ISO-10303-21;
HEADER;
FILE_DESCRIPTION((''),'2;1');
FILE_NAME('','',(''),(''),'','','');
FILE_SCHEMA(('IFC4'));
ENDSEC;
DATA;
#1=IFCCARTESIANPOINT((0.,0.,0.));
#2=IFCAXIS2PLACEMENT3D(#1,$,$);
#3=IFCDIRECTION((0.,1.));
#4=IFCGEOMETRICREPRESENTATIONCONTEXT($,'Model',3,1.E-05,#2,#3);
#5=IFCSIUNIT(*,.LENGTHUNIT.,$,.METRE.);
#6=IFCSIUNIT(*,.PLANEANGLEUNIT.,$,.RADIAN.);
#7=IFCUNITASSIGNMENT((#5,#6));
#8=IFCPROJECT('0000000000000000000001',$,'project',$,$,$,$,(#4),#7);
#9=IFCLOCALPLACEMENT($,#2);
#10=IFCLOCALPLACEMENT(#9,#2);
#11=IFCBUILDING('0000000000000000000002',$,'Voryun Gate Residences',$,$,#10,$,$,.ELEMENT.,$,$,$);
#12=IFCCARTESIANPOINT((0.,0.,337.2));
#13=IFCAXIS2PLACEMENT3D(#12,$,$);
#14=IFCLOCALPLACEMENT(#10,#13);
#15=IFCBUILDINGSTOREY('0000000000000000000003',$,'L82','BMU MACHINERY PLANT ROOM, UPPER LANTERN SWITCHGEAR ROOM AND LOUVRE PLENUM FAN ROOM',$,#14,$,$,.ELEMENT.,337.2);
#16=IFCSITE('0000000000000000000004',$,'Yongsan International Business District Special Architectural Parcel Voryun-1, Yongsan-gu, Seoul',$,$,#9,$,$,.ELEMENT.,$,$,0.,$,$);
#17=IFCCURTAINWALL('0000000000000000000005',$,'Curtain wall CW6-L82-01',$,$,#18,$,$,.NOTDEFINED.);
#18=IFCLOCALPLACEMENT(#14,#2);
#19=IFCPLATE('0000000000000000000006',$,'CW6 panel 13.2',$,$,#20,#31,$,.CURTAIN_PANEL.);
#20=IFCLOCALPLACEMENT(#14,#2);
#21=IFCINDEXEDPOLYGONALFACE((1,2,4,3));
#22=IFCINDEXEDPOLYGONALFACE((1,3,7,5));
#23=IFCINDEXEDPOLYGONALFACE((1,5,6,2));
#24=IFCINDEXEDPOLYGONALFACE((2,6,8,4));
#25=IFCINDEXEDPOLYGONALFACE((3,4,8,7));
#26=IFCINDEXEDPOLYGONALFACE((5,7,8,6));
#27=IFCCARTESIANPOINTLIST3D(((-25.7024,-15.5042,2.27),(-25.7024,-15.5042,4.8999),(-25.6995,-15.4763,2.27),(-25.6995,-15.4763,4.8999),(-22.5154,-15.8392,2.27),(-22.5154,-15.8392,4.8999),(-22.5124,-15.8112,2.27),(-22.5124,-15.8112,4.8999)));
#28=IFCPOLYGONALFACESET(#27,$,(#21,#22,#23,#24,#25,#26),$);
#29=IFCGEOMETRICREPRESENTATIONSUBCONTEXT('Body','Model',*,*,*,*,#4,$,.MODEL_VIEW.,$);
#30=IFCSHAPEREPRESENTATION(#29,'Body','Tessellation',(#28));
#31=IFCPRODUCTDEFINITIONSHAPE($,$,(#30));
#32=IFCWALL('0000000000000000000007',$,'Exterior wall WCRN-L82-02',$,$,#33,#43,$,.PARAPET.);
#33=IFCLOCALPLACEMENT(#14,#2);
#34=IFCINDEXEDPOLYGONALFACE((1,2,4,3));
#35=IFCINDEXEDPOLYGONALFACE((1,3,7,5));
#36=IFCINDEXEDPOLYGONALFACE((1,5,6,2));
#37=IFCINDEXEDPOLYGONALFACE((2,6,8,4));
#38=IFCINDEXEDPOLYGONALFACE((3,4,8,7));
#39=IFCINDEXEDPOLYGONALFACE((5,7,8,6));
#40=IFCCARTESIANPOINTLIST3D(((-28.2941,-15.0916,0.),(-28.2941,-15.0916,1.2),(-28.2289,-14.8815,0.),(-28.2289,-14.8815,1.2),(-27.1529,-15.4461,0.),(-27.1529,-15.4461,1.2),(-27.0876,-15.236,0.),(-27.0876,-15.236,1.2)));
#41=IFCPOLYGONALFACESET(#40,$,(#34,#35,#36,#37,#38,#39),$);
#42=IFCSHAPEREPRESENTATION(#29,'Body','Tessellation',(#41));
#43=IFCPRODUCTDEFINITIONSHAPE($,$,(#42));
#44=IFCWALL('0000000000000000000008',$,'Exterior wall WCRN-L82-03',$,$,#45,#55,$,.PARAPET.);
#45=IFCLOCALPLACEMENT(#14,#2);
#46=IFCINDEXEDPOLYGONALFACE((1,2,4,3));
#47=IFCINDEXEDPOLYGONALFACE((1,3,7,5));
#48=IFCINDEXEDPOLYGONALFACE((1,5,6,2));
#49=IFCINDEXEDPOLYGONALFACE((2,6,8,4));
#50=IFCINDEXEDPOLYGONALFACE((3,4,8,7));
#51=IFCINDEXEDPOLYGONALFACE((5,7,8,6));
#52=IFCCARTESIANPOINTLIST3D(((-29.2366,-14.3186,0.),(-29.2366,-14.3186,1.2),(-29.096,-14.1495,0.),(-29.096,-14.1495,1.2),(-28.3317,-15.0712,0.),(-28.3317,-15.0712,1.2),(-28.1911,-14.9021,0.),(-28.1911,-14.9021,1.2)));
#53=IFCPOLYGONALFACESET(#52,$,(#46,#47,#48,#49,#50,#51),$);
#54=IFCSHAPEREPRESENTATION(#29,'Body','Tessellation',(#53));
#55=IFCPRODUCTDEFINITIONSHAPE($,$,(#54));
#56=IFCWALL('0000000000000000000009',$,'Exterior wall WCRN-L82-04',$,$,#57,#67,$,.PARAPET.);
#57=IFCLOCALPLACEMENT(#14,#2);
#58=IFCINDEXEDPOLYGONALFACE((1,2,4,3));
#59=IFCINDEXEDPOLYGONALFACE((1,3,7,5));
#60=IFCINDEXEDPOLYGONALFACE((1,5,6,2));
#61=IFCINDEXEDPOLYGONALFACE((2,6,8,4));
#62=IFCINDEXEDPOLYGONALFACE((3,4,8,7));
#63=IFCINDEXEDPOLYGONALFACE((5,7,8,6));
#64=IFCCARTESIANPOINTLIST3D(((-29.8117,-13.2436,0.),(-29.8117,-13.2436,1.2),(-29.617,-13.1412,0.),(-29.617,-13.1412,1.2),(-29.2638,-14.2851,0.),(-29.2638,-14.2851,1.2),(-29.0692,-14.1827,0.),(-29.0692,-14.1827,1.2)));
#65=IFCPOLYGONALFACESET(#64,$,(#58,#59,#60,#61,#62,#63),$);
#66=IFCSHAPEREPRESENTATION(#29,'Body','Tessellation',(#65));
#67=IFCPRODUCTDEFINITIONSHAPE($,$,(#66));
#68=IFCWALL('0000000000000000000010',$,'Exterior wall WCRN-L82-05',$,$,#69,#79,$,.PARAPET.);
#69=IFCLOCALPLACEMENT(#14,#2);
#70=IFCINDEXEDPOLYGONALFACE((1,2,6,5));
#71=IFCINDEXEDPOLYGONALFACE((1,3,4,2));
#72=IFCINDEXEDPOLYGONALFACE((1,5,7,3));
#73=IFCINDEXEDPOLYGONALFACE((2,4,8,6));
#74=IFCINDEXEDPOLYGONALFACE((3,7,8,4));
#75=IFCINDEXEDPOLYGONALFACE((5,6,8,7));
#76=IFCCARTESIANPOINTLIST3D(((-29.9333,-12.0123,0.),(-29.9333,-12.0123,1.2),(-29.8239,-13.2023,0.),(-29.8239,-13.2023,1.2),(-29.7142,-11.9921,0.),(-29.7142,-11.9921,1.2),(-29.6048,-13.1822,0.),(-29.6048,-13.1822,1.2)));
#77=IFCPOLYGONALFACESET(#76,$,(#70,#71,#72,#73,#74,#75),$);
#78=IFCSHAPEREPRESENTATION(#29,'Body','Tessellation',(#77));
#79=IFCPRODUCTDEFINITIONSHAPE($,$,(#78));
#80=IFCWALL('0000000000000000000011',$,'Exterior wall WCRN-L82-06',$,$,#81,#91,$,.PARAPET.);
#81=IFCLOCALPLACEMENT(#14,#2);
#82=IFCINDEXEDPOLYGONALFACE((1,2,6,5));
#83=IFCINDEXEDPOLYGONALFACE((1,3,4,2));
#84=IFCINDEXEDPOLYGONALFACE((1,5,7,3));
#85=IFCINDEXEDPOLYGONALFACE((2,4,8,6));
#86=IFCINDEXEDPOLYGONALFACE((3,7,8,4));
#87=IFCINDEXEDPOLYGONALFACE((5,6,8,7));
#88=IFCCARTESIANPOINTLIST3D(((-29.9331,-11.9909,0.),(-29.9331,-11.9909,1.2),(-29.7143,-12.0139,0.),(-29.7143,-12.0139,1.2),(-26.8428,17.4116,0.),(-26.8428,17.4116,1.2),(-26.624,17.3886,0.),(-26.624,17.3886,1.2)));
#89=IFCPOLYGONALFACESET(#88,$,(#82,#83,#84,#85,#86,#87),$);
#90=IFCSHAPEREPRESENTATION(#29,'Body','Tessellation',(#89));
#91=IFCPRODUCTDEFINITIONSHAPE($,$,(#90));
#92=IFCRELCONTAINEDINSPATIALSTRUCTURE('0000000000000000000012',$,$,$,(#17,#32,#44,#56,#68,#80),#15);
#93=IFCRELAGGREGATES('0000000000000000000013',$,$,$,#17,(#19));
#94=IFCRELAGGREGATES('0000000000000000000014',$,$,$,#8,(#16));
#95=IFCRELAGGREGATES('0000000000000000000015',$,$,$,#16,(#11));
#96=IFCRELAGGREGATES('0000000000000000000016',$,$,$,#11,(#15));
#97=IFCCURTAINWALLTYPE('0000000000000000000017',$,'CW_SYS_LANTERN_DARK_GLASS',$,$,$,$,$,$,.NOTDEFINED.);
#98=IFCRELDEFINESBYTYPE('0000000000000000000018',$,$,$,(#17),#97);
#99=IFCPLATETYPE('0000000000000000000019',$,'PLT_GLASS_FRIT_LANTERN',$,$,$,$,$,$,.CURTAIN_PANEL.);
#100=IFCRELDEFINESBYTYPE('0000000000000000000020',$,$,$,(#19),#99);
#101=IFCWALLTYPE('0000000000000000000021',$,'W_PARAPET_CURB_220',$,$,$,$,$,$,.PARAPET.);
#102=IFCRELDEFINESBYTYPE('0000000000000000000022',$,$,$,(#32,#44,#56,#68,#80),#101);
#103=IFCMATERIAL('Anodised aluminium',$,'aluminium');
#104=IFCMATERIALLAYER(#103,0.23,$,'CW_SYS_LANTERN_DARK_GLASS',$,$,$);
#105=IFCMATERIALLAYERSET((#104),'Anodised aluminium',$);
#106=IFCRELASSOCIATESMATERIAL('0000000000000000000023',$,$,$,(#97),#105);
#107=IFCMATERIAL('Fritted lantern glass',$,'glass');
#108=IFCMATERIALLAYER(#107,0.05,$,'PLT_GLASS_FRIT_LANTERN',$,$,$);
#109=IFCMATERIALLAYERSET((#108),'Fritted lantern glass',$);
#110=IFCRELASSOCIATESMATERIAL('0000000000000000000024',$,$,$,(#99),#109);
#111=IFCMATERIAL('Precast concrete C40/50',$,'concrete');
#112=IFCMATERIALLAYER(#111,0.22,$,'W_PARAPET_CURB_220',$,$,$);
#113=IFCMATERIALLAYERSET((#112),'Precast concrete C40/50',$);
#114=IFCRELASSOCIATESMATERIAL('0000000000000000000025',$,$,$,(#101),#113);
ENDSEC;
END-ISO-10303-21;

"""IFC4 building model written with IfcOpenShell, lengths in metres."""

from ifc_helpers import new_model, si_unit, direction, frame, frame_2d, origin, origin_2d, place, context, subcontext, project, spatial, rectangle, extrude, material, layer, layer_set, type_object, element, aggregate, save


model = new_model("IFC4")

# Units and contexts
model_context = context("Model", 3, precision=1e-05, world=origin(), true_north=direction((0.0, 1.0)))
body_context = subcontext(model_context, "Body", "Model", "MODEL_VIEW")
ifc_project = project(units=[si_unit("LENGTHUNIT", "METRE"), si_unit("PLANEANGLEUNIT", "RADIAN")], contexts=[model_context])

# Site, building, storey
site_placement = place(None, origin())
site = spatial("IfcSite", under=ifc_project, at=site_placement, Name="Yongsan International Business District Special Architectural Parcel Voryun-1, Yongsan-gu, Seoul", CompositionType="ELEMENT", RefElevation=0.0)
building_placement = place(site_placement, origin())
building = spatial("IfcBuilding", under=site, at=building_placement, Name="Voryun Gate Residences", CompositionType="ELEMENT")
storey_placement = place(building_placement, frame((0.0, 0.0, 337.2)))
storey = spatial("IfcBuildingStorey", under=building, at=storey_placement, Name="L82", Description="BMU MACHINERY PLANT ROOM, UPPER LANTERN SWITCHGEAR ROOM AND LOUVRE PLENUM FAN ROOM", CompositionType="ELEMENT", Elevation=337.2)

# Curtain wall
ifc_material_1 = material(Name="Anodised aluminium", Category="aluminium")
ifc_layer_1 = layer(ifc_material_1, 0.23, Name="CW_SYS_LANTERN_DARK_GLASS")
ifc_layer_set_1 = layer_set([ifc_layer_1], Name="Anodised aluminium")
curtain_wall_type = type_object("IfcCurtainWallType", Name="CW_SYS_LANTERN_DARK_GLASS", PredefinedType="NOTDEFINED", material=ifc_layer_set_1)
curtain_wall_1_placement = place(storey_placement, origin())
curtain_wall_1 = element("IfcCurtainWall", 1, at=curtain_wall_1_placement, inside=storey, type_object=curtain_wall_type, Name="Curtain wall CW6-L82-01", PredefinedType="NOTDEFINED")

# Plate
ifc_material_2 = material(Name="Fritted lantern glass", Category="glass")
ifc_layer_2 = layer(ifc_material_2, 0.05, Name="PLT_GLASS_FRIT_LANTERN")
ifc_layer_set_2 = layer_set([ifc_layer_2], Name="Fritted lantern glass")
plate_type_1 = type_object("IfcPlateType", Name="PLT_GLASS_FRIT_LANTERN", PredefinedType="CURTAIN_PANEL", material=ifc_layer_set_2)
plate_1_placement = place(storey_placement, frame((-24.1074, -15.6577, 2.27), z_axis=(0.0, 0.0, 1.0), x_axis=(-0.994522, 0.104528, 0.0)))
plate_1 = element("IfcPlate", 2, at=plate_1_placement, type_object=plate_type_1, Name="CW6 panel 13.2", PredefinedType="CURTAIN_PANEL", context=body_context, shape_type="SweptSolid", body=[
    extrude(rectangle(XDim=3.2046, YDim=0.0281, at=origin_2d()), origin(), (0.0, 0.0, 1.0), 2.6299),
])
aggregate(curtain_wall_1, [plate_1])

# Walls
ifc_material_3 = material(Name="Precast concrete C40/50", Category="concrete")
ifc_layer_3 = layer(ifc_material_3, 0.22, Name="W_PARAPET_CURB_220")
ifc_layer_set_3 = layer_set([ifc_layer_3], Name="Precast concrete C40/50")
wall_type = type_object("IfcWallType", Name="W_PARAPET_CURB_220", PredefinedType="PARAPET", material=ifc_layer_set_3)
wall_1_placement = place(storey_placement, frame((-27.1201, -15.3411, 0.0), z_axis=(0.0, 0.0, 1.0), x_axis=(-0.954998, 0.296611, 0.0)))
element("IfcWall", 3, at=wall_1_placement, inside=storey, type_object=wall_type, Name="Exterior wall WCRN-L82-02", PredefinedType="PARAPET", context=body_context, shape_type="SweptSolid", body=[
    extrude(rectangle(XDim=1.1951, YDim=0.22, at=frame_2d((0.5977, 0.0))), origin(), (0.0, 0.0, 1.0), 1.2),
])
wall_2_placement = place(storey_placement, frame((-28.2615, -14.9866, 0.0), z_axis=(0.0, 0.0, 1.0), x_axis=(-0.76885, 0.639429, 0.0)))
element("IfcWall", 4, at=wall_2_placement, inside=storey, type_object=wall_type, Name="Exterior wall WCRN-L82-03", PredefinedType="PARAPET", context=body_context, shape_type="SweptSolid", body=[
    extrude(rectangle(XDim=1.177, YDim=0.22, at=frame_2d((0.5884, 0.0))), origin(), (0.0, 0.0, 1.0), 1.2),
])
wall_3_placement = place(storey_placement, frame((-29.1665, -14.2339, 0.0), z_axis=(0.0, 0.0, 1.0), x_axis=(-0.465541, 0.885026, 0.0)))
element("IfcWall", 5, at=wall_3_placement, inside=storey, type_object=wall_type, Name="Exterior wall WCRN-L82-04", PredefinedType="PARAPET", context=body_context, shape_type="SweptSolid", body=[
    extrude(rectangle(XDim=1.1768, YDim=0.22, at=frame_2d((0.5884, 0.0))), origin(), (0.0, 0.0, 1.0), 1.2),
])
wall_4_placement = place(storey_placement, frame((-29.7144, -13.1924, 0.0), z_axis=(0.0, 0.0, 1.0), x_axis=(-0.09153, 0.995802, 0.0)))
element("IfcWall", 6, at=wall_4_placement, inside=storey, type_object=wall_type, Name="Exterior wall WCRN-L82-05", PredefinedType="PARAPET", context=body_context, shape_type="SweptSolid", body=[
    extrude(rectangle(XDim=1.1951, YDim=0.22, at=frame_2d((0.5977, 0.0))), origin(), (0.0, 0.0, 1.0), 1.2),
])
wall_5_placement = place(storey_placement, frame((-29.8237, -12.0024, 0.0), z_axis=(0.0, 0.0, 1.0), x_axis=(0.104528, 0.994522, 0.0)))
element("IfcWall", 7, at=wall_5_placement, inside=storey, type_object=wall_type, Name="Exterior wall WCRN-L82-06", PredefinedType="PARAPET", context=body_context, shape_type="SweptSolid", body=[
    extrude(rectangle(XDim=29.5645, YDim=0.22, at=frame_2d((14.7822, 0.0))), origin(), (0.0, 0.0, 1.0), 1.2),
])

save(model, "model.ifc")
